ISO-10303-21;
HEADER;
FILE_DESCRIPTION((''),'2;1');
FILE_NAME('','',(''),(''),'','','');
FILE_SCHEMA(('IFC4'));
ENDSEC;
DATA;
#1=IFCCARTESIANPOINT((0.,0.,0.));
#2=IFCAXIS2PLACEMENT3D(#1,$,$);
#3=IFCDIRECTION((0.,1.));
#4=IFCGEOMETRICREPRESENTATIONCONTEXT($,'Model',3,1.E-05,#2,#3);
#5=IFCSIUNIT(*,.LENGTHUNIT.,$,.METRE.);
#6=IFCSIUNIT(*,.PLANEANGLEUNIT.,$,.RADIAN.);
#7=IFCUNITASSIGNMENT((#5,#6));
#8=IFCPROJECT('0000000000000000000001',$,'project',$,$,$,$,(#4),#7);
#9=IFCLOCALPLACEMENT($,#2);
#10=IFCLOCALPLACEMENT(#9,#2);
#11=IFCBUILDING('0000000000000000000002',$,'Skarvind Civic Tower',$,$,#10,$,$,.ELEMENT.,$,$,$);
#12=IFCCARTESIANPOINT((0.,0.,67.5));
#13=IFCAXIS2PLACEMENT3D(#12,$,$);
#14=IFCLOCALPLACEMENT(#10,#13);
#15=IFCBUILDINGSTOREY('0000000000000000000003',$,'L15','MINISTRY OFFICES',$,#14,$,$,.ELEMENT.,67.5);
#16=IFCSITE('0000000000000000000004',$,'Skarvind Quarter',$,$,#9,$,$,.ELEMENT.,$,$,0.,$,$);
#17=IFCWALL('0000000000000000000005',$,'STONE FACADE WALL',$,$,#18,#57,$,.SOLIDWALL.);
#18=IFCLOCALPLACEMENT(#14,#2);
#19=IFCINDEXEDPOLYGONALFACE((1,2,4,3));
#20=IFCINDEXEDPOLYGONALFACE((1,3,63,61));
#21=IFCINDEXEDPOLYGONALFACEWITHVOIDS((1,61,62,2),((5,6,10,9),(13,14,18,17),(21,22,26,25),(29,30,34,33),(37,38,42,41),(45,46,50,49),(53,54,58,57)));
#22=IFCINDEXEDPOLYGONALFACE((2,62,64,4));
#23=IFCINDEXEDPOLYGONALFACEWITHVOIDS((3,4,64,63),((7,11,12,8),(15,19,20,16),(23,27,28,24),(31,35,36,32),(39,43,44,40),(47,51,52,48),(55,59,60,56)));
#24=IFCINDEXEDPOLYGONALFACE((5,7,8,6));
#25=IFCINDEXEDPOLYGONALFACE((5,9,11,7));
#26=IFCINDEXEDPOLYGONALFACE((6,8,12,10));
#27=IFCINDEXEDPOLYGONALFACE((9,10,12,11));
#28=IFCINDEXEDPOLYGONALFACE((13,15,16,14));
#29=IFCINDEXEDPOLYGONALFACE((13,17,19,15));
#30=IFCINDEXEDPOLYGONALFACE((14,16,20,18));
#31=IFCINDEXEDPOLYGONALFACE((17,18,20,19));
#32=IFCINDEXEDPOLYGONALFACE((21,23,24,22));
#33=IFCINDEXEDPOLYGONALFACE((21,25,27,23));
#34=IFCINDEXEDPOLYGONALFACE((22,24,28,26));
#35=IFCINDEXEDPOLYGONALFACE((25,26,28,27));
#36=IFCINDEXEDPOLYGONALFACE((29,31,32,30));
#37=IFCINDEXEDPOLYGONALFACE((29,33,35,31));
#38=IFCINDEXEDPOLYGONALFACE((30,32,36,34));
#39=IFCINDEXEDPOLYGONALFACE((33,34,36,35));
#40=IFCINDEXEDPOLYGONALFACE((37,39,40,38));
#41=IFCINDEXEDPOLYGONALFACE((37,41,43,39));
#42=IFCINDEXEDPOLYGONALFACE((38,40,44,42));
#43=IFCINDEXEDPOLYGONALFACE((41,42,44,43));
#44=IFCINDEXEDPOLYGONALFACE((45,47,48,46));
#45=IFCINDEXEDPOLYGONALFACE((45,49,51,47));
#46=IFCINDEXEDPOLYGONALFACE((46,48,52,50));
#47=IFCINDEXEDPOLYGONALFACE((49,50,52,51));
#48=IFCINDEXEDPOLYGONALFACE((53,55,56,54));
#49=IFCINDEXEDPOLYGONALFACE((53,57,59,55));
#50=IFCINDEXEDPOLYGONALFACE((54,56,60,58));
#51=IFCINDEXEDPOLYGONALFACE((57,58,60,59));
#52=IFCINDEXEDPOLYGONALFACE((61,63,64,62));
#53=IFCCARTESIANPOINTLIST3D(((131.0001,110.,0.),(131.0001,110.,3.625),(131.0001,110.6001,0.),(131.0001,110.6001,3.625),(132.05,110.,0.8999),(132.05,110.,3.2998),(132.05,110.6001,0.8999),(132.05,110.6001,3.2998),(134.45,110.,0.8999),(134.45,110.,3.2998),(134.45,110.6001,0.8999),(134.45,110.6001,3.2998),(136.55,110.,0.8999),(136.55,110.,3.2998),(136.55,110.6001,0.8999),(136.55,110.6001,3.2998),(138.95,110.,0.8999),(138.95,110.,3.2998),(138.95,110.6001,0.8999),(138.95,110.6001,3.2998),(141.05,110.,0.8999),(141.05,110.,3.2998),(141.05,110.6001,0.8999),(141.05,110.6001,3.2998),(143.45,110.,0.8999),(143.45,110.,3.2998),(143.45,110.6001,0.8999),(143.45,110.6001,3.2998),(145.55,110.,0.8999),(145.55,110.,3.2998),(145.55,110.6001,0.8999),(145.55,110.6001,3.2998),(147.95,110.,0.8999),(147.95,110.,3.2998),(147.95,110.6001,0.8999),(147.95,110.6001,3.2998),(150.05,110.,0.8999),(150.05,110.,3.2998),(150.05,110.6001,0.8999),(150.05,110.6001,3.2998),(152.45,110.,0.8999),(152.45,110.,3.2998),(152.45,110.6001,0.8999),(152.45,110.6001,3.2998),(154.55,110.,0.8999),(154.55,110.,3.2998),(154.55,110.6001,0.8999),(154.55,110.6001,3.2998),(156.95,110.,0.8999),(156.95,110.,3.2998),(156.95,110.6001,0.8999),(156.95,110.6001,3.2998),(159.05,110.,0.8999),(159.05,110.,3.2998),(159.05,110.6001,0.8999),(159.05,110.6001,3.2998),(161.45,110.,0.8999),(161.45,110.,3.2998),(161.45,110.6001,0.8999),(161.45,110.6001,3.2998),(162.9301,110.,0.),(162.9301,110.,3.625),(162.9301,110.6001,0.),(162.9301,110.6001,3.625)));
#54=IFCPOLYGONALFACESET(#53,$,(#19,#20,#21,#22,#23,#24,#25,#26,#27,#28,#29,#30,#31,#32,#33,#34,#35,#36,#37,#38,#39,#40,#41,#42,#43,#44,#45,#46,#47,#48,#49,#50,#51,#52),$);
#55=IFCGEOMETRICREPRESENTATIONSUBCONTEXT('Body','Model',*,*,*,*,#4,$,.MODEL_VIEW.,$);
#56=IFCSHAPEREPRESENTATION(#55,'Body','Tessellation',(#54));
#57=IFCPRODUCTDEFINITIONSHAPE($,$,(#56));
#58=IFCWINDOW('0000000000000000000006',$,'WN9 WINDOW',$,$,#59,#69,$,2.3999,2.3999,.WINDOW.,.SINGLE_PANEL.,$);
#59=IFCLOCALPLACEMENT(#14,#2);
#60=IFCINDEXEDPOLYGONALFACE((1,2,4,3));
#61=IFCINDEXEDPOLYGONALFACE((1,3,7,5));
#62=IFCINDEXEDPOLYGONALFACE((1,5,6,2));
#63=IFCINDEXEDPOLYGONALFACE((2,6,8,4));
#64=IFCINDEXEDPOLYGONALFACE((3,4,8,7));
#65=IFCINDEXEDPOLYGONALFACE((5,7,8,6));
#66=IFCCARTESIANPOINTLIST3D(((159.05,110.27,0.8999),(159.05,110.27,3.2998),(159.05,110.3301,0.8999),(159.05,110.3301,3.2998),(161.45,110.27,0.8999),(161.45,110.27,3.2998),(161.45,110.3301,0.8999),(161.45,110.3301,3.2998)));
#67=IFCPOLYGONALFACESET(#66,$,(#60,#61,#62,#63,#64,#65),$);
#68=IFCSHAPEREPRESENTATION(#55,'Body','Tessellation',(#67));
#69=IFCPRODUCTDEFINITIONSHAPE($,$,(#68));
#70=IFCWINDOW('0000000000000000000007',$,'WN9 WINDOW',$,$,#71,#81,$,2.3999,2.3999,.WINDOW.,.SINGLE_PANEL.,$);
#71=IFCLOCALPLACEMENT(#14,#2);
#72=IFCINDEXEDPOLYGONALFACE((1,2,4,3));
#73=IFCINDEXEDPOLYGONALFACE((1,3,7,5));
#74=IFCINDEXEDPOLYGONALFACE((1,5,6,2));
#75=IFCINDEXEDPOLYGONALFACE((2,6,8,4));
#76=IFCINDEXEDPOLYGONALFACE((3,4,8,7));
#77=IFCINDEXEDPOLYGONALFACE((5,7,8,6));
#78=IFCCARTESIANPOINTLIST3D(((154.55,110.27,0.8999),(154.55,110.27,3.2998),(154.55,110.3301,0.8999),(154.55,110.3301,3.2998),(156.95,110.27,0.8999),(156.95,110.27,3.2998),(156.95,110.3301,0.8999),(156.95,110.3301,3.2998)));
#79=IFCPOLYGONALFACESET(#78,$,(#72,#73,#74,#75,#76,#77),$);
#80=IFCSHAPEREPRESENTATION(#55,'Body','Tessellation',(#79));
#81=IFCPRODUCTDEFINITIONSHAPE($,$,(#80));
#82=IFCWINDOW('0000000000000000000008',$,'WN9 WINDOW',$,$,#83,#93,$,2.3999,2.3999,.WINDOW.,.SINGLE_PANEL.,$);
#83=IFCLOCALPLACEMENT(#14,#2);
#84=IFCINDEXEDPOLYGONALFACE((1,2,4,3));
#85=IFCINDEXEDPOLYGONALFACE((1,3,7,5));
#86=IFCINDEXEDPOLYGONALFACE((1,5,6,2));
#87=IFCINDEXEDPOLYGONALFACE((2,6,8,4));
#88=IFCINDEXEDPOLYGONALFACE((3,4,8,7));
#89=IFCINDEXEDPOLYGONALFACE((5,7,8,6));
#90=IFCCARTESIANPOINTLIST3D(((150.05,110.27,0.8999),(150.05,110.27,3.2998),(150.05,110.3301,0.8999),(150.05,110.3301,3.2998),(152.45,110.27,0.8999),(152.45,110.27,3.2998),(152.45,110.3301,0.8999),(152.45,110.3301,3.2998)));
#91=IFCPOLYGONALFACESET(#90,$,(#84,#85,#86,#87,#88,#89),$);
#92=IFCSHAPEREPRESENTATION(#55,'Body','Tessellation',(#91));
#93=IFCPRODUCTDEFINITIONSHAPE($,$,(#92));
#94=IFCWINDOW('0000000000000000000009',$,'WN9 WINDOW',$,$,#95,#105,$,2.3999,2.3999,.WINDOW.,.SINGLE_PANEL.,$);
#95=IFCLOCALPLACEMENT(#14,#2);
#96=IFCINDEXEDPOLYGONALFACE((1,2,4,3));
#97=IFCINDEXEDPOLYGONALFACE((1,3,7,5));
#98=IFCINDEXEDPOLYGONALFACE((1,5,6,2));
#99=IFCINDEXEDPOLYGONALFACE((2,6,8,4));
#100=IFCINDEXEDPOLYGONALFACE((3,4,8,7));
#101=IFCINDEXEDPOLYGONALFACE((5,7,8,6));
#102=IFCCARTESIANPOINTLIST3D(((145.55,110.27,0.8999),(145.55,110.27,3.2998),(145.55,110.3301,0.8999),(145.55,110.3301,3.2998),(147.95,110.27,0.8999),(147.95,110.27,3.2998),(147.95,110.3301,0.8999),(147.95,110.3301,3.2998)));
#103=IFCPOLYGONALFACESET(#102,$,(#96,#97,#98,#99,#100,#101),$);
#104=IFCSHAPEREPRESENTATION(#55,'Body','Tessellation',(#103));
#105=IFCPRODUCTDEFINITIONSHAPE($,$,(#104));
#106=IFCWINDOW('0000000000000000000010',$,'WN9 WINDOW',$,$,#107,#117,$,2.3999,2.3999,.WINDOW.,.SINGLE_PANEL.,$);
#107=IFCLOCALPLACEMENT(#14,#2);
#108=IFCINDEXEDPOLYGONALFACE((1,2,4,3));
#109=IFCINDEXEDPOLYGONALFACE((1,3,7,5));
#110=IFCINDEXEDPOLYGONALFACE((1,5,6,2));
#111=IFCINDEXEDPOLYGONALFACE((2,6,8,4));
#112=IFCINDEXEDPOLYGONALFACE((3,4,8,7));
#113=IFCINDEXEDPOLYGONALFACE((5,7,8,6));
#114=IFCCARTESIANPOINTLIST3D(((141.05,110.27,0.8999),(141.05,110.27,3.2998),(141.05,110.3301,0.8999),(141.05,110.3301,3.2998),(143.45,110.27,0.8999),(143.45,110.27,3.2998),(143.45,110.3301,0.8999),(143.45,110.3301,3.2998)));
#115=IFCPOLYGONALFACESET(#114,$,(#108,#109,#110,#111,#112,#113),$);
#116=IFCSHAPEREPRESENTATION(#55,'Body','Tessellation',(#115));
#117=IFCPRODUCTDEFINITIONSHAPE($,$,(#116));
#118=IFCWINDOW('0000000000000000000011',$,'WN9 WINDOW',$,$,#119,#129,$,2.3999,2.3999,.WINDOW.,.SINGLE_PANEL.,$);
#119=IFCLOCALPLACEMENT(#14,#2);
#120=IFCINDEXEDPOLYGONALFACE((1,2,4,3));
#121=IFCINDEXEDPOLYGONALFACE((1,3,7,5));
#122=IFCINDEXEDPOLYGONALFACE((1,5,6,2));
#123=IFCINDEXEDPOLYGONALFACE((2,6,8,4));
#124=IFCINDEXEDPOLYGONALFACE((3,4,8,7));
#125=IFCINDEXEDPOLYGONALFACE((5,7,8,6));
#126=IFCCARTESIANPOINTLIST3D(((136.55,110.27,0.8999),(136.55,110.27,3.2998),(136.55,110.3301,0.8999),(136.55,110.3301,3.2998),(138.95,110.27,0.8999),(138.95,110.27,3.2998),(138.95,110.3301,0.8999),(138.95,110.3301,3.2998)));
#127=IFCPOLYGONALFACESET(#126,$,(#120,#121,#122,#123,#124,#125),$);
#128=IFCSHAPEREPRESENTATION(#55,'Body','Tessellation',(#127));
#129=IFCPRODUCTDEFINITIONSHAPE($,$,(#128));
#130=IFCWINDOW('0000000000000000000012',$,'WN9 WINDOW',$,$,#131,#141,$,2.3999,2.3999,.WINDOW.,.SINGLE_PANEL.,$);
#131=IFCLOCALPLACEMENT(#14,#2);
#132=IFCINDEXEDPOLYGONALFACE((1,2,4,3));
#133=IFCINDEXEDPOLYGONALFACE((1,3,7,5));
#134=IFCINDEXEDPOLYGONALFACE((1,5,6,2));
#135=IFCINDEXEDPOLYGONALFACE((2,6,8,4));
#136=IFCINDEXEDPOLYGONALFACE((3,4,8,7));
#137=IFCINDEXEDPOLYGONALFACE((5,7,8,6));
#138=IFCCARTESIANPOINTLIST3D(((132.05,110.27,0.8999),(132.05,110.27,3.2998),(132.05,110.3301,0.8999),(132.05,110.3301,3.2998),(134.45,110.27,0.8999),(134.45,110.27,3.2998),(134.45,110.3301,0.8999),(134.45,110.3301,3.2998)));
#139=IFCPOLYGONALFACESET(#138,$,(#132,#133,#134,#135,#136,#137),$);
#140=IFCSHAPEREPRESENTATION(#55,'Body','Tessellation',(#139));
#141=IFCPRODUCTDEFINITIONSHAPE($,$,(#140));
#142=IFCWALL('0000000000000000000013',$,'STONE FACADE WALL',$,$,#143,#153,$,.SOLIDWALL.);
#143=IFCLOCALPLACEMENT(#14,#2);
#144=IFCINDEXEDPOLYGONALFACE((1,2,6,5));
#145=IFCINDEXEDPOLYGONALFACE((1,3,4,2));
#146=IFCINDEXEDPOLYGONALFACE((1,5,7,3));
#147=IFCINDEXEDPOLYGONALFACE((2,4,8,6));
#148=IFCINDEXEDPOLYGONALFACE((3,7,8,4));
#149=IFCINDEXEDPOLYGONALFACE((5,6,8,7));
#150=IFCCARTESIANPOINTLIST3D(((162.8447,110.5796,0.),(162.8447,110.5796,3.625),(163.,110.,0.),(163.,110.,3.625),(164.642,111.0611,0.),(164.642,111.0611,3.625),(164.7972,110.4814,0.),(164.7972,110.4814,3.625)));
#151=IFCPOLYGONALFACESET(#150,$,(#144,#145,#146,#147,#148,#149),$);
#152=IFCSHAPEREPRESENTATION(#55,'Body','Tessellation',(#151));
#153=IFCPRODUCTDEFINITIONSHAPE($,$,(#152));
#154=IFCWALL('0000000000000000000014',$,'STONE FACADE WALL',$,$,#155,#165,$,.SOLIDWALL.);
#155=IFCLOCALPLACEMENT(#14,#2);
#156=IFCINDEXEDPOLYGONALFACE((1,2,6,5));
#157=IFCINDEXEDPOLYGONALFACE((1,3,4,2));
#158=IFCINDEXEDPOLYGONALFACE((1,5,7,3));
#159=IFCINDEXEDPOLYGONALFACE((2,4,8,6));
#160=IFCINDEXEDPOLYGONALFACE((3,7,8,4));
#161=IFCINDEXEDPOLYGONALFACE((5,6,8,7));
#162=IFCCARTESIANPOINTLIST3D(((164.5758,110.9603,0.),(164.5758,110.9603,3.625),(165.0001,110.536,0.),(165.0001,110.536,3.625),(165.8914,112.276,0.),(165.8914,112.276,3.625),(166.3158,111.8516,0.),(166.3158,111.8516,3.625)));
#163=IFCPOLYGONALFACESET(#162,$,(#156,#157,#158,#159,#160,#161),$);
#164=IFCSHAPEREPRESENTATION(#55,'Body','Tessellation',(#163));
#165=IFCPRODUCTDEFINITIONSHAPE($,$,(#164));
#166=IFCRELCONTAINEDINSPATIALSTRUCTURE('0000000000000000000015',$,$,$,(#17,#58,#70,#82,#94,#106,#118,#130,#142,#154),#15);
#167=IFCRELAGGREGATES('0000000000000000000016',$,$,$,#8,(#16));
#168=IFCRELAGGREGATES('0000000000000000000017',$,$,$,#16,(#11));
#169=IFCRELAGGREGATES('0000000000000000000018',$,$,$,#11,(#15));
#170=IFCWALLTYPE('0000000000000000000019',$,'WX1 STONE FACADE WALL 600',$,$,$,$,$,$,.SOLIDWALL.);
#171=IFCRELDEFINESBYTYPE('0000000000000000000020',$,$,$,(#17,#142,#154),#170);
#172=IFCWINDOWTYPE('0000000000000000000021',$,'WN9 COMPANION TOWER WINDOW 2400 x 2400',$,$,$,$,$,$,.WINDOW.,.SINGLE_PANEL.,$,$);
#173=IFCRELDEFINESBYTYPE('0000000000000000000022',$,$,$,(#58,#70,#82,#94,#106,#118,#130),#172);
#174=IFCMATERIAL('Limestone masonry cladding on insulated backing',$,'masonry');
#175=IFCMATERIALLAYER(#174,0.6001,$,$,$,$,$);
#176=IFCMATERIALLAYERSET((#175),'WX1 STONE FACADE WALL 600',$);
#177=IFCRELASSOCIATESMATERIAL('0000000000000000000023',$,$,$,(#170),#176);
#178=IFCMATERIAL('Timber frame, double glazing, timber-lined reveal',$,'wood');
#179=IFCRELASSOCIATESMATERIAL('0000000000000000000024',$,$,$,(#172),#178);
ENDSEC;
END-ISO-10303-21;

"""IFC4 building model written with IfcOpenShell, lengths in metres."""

from ifc_helpers import new_model, si_unit, direction, frame, frame_2d, origin, place, context, subcontext, project, spatial, rectangle, extrude, material, layer, layer_set, type_object, element, fill, save


model = new_model("IFC4")

# Units and contexts
model_context = context("Model", 3, precision=1e-05, world=origin(), true_north=direction((0.0, 1.0)))
body_context = subcontext(model_context, "Body", "Model", "MODEL_VIEW")
ifc_project = project(units=[si_unit("LENGTHUNIT", "METRE"), si_unit("PLANEANGLEUNIT", "RADIAN")], contexts=[model_context])

# Site, building, storey
site_placement = place(None, origin())
site = spatial("IfcSite", under=ifc_project, at=site_placement, Name="Skarvind Quarter", CompositionType="ELEMENT", RefElevation=0.0)
building_placement = place(site_placement, origin())
building = spatial("IfcBuilding", under=site, at=building_placement, Name="Skarvind Civic Tower", CompositionType="ELEMENT")
storey_placement = place(building_placement, frame((0.0, 0.0, 67.5)))
storey = spatial("IfcBuildingStorey", under=building, at=storey_placement, Name="L15", Description="MINISTRY OFFICES", CompositionType="ELEMENT", Elevation=67.5)

# Wall, openings, windows
ifc_material_1 = material(Name="Limestone masonry cladding on insulated backing", Category="masonry")
ifc_layer_1 = layer(ifc_material_1, 0.6001)
ifc_layer_set_1 = layer_set([ifc_layer_1], Name="WX1 STONE FACADE WALL 600")
wall_type_1 = type_object("IfcWallType", Name="WX1 STONE FACADE WALL 600", PredefinedType="SOLIDWALL", material=ifc_layer_set_1)
wall_1_placement = place(storey_placement, frame((162.9299, 110.3, 0.0), z_axis=(0.0, 0.0, 1.0), x_axis=(-1.0, 0.0, 0.0)))
wall_1 = element("IfcWall", 1, at=wall_1_placement, inside=storey, type_object=wall_type_1, Name="STONE FACADE WALL", PredefinedType="SOLIDWALL", context=body_context, shape_type="SweptSolid", body=[
    extrude(rectangle(XDim=31.9299, YDim=0.6001, at=frame_2d((15.9648, 0.0))), origin(), (0.0, 0.0, 1.0), 3.625),
])
opening_1_placement = place(wall_1_placement, frame((1.48, 0.0, 0.8999)))
opening_1 = element("IfcOpeningElement", 2, at=opening_1_placement, cuts=wall_1, PredefinedType="OPENING", context=body_context, shape_type="SweptSolid", body=[
    extrude(rectangle(XDim=2.3999, YDim=2.3999, at=frame_2d((1.2, 1.2))), frame((0.0, 0.3101, 0.0), z_axis=(0.0, -1.0, 0.0), x_axis=(1.0, 0.0, 0.0)), (0.0, 0.0, 1.0), 0.6201),
])
opening_2_placement = place(wall_1_placement, frame((5.98, 0.0, 0.8999)))
opening_2 = element("IfcOpeningElement", 3, at=opening_2_placement, cuts=wall_1, PredefinedType="OPENING", context=body_context, shape_type="SweptSolid", body=[
    extrude(rectangle(XDim=2.3999, YDim=2.3999, at=frame_2d((1.2, 1.2))), frame((0.0, 0.3101, 0.0), z_axis=(0.0, -1.0, 0.0), x_axis=(1.0, 0.0, 0.0)), (0.0, 0.0, 1.0), 0.6201),
])
opening_3_placement = place(wall_1_placement, frame((10.48, 0.0, 0.8999)))
opening_3 = element("IfcOpeningElement", 4, at=opening_3_placement, cuts=wall_1, PredefinedType="OPENING", context=body_context, shape_type="SweptSolid", body=[
    extrude(rectangle(XDim=2.3999, YDim=2.3999, at=frame_2d((1.2, 1.2))), frame((0.0, 0.3101, 0.0), z_axis=(0.0, -1.0, 0.0), x_axis=(1.0, 0.0, 0.0)), (0.0, 0.0, 1.0), 0.6201),
])
opening_4_placement = place(wall_1_placement, frame((14.98, 0.0, 0.8999)))
opening_4 = element("IfcOpeningElement", 5, at=opening_4_placement, cuts=wall_1, PredefinedType="OPENING", context=body_context, shape_type="SweptSolid", body=[
    extrude(rectangle(XDim=2.3999, YDim=2.3999, at=frame_2d((1.2, 1.2))), frame((0.0, 0.3101, 0.0), z_axis=(0.0, -1.0, 0.0), x_axis=(1.0, 0.0, 0.0)), (0.0, 0.0, 1.0), 0.6201),
])
opening_5_placement = place(wall_1_placement, frame((19.48, 0.0, 0.8999)))
opening_5 = element("IfcOpeningElement", 6, at=opening_5_placement, cuts=wall_1, PredefinedType="OPENING", context=body_context, shape_type="SweptSolid", body=[
    extrude(rectangle(XDim=2.3999, YDim=2.3999, at=frame_2d((1.2, 1.2))), frame((0.0, 0.3101, 0.0), z_axis=(0.0, -1.0, 0.0), x_axis=(1.0, 0.0, 0.0)), (0.0, 0.0, 1.0), 0.6201),
])
opening_6_placement = place(wall_1_placement, frame((23.98, 0.0, 0.8999)))
opening_6 = element("IfcOpeningElement", 7, at=opening_6_placement, cuts=wall_1, PredefinedType="OPENING", context=body_context, shape_type="SweptSolid", body=[
    extrude(rectangle(XDim=2.3999, YDim=2.3999, at=frame_2d((1.2, 1.2))), frame((0.0, 0.3101, 0.0), z_axis=(0.0, -1.0, 0.0), x_axis=(1.0, 0.0, 0.0)), (0.0, 0.0, 1.0), 0.6201),
])
opening_7_placement = place(wall_1_placement, frame((28.48, 0.0, 0.8999)))
opening_7 = element("IfcOpeningElement", 8, at=opening_7_placement, cuts=wall_1, PredefinedType="OPENING", context=body_context, shape_type="SweptSolid", body=[
    extrude(rectangle(XDim=2.3999, YDim=2.3999, at=frame_2d((1.2, 1.2))), frame((0.0, 0.3101, 0.0), z_axis=(0.0, -1.0, 0.0), x_axis=(1.0, 0.0, 0.0)), (0.0, 0.0, 1.0), 0.6201),
])
ifc_material_2 = material(Name="Timber frame, double glazing, timber-lined reveal", Category="wood")
window_type = type_object("IfcWindowType", Name="WN9 COMPANION TOWER WINDOW 2400 x 2400", PartitioningType="SINGLE_PANEL", PredefinedType="WINDOW", material=ifc_material_2)
window_1_placement = place(opening_1_placement, origin())
window_1 = element("IfcWindow", 9, at=window_1_placement, inside=storey, type_object=window_type, Name="WN9 WINDOW", OverallHeight=2.3999, OverallWidth=2.3999, PartitioningType="SINGLE_PANEL", PredefinedType="WINDOW", context=body_context, shape_type="SweptSolid", body=[
    extrude(rectangle(XDim=2.3999, YDim=2.3999, at=frame_2d((1.2, 1.2))), frame((0.0, 0.03, 0.0), z_axis=(0.0, -1.0, 0.0), x_axis=(1.0, 0.0, 0.0)), (0.0, 0.0, 1.0), 0.0601),
])
fill(opening_1, window_1)
window_2_placement = place(opening_2_placement, origin())
window_2 = element("IfcWindow", 10, at=window_2_placement, inside=storey, type_object=window_type, Name="WN9 WINDOW", OverallHeight=2.3999, OverallWidth=2.3999, PartitioningType="SINGLE_PANEL", PredefinedType="WINDOW", context=body_context, shape_type="SweptSolid", body=[
    extrude(rectangle(XDim=2.3999, YDim=2.3999, at=frame_2d((1.2, 1.2))), frame((0.0, 0.03, 0.0), z_axis=(0.0, -1.0, 0.0), x_axis=(1.0, 0.0, 0.0)), (0.0, 0.0, 1.0), 0.0601),
])
fill(opening_2, window_2)
window_3_placement = place(opening_3_placement, origin())
window_3 = element("IfcWindow", 11, at=window_3_placement, inside=storey, type_object=window_type, Name="WN9 WINDOW", OverallHeight=2.3999, OverallWidth=2.3999, PartitioningType="SINGLE_PANEL", PredefinedType="WINDOW", context=body_context, shape_type="SweptSolid", body=[
    extrude(rectangle(XDim=2.3999, YDim=2.3999, at=frame_2d((1.2, 1.2))), frame((0.0, 0.03, 0.0), z_axis=(0.0, -1.0, 0.0), x_axis=(1.0, 0.0, 0.0)), (0.0, 0.0, 1.0), 0.0601),
])
fill(opening_3, window_3)
window_4_placement = place(opening_4_placement, origin())
window_4 = element("IfcWindow", 12, at=window_4_placement, inside=storey, type_object=window_type, Name="WN9 WINDOW", OverallHeight=2.3999, OverallWidth=2.3999, PartitioningType="SINGLE_PANEL", PredefinedType="WINDOW", context=body_context, shape_type="SweptSolid", body=[
    extrude(rectangle(XDim=2.3999, YDim=2.3999, at=frame_2d((1.2, 1.2))), frame((0.0, 0.03, 0.0), z_axis=(0.0, -1.0, 0.0), x_axis=(1.0, 0.0, 0.0)), (0.0, 0.0, 1.0), 0.0601),
])
fill(opening_4, window_4)
window_5_placement = place(opening_5_placement, origin())
window_5 = element("IfcWindow", 13, at=window_5_placement, inside=storey, type_object=window_type, Name="WN9 WINDOW", OverallHeight=2.3999, OverallWidth=2.3999, PartitioningType="SINGLE_PANEL", PredefinedType="WINDOW", context=body_context, shape_type="SweptSolid", body=[
    extrude(rectangle(XDim=2.3999, YDim=2.3999, at=frame_2d((1.2, 1.2))), frame((0.0, 0.03, 0.0), z_axis=(0.0, -1.0, 0.0), x_axis=(1.0, 0.0, 0.0)), (0.0, 0.0, 1.0), 0.0601),
])
fill(opening_5, window_5)
window_6_placement = place(opening_6_placement, origin())
window_6 = element("IfcWindow", 14, at=window_6_placement, inside=storey, type_object=window_type, Name="WN9 WINDOW", OverallHeight=2.3999, OverallWidth=2.3999, PartitioningType="SINGLE_PANEL", PredefinedType="WINDOW", context=body_context, shape_type="SweptSolid", body=[
    extrude(rectangle(XDim=2.3999, YDim=2.3999, at=frame_2d((1.2, 1.2))), frame((0.0, 0.03, 0.0), z_axis=(0.0, -1.0, 0.0), x_axis=(1.0, 0.0, 0.0)), (0.0, 0.0, 1.0), 0.0601),
])
fill(opening_6, window_6)
window_7_placement = place(opening_7_placement, origin())
window_7 = element("IfcWindow", 15, at=window_7_placement, inside=storey, type_object=window_type, Name="WN9 WINDOW", OverallHeight=2.3999, OverallWidth=2.3999, PartitioningType="SINGLE_PANEL", PredefinedType="WINDOW", context=body_context, shape_type="SweptSolid", body=[
    extrude(rectangle(XDim=2.3999, YDim=2.3999, at=frame_2d((1.2, 1.2))), frame((0.0, 0.03, 0.0), z_axis=(0.0, -1.0, 0.0), x_axis=(1.0, 0.0, 0.0)), (0.0, 0.0, 1.0), 0.0601),
])
fill(opening_7, window_7)

# Walls
for number, where, z_axis, x_axis, name in (
    (16, (164.7195, 110.7712, 0.0), (0.0, 0.0, 1.0), (-0.965938, -0.258773, 0.0), "STONE FACADE WALL"),
    (17, (166.1035, 112.0637, 0.0), (0.0, 0.0, 1.0), (-0.707107, -0.707107, 0.0), "STONE FACADE WALL"),
):
    element("IfcWall", number, at=place(storey_placement, frame(where, z_axis=z_axis, x_axis=x_axis)), inside=storey, type_object=wall_type_1, Name=name, PredefinedType="SOLIDWALL", context=body_context, shape_type="SweptSolid", body=[
        extrude(rectangle(XDim=1.8606, YDim=0.6001, at=frame_2d((0.9302, 0.0))), origin(), (0.0, 0.0, 1.0), 3.625),
    ])

save(model, "model.ifc")
